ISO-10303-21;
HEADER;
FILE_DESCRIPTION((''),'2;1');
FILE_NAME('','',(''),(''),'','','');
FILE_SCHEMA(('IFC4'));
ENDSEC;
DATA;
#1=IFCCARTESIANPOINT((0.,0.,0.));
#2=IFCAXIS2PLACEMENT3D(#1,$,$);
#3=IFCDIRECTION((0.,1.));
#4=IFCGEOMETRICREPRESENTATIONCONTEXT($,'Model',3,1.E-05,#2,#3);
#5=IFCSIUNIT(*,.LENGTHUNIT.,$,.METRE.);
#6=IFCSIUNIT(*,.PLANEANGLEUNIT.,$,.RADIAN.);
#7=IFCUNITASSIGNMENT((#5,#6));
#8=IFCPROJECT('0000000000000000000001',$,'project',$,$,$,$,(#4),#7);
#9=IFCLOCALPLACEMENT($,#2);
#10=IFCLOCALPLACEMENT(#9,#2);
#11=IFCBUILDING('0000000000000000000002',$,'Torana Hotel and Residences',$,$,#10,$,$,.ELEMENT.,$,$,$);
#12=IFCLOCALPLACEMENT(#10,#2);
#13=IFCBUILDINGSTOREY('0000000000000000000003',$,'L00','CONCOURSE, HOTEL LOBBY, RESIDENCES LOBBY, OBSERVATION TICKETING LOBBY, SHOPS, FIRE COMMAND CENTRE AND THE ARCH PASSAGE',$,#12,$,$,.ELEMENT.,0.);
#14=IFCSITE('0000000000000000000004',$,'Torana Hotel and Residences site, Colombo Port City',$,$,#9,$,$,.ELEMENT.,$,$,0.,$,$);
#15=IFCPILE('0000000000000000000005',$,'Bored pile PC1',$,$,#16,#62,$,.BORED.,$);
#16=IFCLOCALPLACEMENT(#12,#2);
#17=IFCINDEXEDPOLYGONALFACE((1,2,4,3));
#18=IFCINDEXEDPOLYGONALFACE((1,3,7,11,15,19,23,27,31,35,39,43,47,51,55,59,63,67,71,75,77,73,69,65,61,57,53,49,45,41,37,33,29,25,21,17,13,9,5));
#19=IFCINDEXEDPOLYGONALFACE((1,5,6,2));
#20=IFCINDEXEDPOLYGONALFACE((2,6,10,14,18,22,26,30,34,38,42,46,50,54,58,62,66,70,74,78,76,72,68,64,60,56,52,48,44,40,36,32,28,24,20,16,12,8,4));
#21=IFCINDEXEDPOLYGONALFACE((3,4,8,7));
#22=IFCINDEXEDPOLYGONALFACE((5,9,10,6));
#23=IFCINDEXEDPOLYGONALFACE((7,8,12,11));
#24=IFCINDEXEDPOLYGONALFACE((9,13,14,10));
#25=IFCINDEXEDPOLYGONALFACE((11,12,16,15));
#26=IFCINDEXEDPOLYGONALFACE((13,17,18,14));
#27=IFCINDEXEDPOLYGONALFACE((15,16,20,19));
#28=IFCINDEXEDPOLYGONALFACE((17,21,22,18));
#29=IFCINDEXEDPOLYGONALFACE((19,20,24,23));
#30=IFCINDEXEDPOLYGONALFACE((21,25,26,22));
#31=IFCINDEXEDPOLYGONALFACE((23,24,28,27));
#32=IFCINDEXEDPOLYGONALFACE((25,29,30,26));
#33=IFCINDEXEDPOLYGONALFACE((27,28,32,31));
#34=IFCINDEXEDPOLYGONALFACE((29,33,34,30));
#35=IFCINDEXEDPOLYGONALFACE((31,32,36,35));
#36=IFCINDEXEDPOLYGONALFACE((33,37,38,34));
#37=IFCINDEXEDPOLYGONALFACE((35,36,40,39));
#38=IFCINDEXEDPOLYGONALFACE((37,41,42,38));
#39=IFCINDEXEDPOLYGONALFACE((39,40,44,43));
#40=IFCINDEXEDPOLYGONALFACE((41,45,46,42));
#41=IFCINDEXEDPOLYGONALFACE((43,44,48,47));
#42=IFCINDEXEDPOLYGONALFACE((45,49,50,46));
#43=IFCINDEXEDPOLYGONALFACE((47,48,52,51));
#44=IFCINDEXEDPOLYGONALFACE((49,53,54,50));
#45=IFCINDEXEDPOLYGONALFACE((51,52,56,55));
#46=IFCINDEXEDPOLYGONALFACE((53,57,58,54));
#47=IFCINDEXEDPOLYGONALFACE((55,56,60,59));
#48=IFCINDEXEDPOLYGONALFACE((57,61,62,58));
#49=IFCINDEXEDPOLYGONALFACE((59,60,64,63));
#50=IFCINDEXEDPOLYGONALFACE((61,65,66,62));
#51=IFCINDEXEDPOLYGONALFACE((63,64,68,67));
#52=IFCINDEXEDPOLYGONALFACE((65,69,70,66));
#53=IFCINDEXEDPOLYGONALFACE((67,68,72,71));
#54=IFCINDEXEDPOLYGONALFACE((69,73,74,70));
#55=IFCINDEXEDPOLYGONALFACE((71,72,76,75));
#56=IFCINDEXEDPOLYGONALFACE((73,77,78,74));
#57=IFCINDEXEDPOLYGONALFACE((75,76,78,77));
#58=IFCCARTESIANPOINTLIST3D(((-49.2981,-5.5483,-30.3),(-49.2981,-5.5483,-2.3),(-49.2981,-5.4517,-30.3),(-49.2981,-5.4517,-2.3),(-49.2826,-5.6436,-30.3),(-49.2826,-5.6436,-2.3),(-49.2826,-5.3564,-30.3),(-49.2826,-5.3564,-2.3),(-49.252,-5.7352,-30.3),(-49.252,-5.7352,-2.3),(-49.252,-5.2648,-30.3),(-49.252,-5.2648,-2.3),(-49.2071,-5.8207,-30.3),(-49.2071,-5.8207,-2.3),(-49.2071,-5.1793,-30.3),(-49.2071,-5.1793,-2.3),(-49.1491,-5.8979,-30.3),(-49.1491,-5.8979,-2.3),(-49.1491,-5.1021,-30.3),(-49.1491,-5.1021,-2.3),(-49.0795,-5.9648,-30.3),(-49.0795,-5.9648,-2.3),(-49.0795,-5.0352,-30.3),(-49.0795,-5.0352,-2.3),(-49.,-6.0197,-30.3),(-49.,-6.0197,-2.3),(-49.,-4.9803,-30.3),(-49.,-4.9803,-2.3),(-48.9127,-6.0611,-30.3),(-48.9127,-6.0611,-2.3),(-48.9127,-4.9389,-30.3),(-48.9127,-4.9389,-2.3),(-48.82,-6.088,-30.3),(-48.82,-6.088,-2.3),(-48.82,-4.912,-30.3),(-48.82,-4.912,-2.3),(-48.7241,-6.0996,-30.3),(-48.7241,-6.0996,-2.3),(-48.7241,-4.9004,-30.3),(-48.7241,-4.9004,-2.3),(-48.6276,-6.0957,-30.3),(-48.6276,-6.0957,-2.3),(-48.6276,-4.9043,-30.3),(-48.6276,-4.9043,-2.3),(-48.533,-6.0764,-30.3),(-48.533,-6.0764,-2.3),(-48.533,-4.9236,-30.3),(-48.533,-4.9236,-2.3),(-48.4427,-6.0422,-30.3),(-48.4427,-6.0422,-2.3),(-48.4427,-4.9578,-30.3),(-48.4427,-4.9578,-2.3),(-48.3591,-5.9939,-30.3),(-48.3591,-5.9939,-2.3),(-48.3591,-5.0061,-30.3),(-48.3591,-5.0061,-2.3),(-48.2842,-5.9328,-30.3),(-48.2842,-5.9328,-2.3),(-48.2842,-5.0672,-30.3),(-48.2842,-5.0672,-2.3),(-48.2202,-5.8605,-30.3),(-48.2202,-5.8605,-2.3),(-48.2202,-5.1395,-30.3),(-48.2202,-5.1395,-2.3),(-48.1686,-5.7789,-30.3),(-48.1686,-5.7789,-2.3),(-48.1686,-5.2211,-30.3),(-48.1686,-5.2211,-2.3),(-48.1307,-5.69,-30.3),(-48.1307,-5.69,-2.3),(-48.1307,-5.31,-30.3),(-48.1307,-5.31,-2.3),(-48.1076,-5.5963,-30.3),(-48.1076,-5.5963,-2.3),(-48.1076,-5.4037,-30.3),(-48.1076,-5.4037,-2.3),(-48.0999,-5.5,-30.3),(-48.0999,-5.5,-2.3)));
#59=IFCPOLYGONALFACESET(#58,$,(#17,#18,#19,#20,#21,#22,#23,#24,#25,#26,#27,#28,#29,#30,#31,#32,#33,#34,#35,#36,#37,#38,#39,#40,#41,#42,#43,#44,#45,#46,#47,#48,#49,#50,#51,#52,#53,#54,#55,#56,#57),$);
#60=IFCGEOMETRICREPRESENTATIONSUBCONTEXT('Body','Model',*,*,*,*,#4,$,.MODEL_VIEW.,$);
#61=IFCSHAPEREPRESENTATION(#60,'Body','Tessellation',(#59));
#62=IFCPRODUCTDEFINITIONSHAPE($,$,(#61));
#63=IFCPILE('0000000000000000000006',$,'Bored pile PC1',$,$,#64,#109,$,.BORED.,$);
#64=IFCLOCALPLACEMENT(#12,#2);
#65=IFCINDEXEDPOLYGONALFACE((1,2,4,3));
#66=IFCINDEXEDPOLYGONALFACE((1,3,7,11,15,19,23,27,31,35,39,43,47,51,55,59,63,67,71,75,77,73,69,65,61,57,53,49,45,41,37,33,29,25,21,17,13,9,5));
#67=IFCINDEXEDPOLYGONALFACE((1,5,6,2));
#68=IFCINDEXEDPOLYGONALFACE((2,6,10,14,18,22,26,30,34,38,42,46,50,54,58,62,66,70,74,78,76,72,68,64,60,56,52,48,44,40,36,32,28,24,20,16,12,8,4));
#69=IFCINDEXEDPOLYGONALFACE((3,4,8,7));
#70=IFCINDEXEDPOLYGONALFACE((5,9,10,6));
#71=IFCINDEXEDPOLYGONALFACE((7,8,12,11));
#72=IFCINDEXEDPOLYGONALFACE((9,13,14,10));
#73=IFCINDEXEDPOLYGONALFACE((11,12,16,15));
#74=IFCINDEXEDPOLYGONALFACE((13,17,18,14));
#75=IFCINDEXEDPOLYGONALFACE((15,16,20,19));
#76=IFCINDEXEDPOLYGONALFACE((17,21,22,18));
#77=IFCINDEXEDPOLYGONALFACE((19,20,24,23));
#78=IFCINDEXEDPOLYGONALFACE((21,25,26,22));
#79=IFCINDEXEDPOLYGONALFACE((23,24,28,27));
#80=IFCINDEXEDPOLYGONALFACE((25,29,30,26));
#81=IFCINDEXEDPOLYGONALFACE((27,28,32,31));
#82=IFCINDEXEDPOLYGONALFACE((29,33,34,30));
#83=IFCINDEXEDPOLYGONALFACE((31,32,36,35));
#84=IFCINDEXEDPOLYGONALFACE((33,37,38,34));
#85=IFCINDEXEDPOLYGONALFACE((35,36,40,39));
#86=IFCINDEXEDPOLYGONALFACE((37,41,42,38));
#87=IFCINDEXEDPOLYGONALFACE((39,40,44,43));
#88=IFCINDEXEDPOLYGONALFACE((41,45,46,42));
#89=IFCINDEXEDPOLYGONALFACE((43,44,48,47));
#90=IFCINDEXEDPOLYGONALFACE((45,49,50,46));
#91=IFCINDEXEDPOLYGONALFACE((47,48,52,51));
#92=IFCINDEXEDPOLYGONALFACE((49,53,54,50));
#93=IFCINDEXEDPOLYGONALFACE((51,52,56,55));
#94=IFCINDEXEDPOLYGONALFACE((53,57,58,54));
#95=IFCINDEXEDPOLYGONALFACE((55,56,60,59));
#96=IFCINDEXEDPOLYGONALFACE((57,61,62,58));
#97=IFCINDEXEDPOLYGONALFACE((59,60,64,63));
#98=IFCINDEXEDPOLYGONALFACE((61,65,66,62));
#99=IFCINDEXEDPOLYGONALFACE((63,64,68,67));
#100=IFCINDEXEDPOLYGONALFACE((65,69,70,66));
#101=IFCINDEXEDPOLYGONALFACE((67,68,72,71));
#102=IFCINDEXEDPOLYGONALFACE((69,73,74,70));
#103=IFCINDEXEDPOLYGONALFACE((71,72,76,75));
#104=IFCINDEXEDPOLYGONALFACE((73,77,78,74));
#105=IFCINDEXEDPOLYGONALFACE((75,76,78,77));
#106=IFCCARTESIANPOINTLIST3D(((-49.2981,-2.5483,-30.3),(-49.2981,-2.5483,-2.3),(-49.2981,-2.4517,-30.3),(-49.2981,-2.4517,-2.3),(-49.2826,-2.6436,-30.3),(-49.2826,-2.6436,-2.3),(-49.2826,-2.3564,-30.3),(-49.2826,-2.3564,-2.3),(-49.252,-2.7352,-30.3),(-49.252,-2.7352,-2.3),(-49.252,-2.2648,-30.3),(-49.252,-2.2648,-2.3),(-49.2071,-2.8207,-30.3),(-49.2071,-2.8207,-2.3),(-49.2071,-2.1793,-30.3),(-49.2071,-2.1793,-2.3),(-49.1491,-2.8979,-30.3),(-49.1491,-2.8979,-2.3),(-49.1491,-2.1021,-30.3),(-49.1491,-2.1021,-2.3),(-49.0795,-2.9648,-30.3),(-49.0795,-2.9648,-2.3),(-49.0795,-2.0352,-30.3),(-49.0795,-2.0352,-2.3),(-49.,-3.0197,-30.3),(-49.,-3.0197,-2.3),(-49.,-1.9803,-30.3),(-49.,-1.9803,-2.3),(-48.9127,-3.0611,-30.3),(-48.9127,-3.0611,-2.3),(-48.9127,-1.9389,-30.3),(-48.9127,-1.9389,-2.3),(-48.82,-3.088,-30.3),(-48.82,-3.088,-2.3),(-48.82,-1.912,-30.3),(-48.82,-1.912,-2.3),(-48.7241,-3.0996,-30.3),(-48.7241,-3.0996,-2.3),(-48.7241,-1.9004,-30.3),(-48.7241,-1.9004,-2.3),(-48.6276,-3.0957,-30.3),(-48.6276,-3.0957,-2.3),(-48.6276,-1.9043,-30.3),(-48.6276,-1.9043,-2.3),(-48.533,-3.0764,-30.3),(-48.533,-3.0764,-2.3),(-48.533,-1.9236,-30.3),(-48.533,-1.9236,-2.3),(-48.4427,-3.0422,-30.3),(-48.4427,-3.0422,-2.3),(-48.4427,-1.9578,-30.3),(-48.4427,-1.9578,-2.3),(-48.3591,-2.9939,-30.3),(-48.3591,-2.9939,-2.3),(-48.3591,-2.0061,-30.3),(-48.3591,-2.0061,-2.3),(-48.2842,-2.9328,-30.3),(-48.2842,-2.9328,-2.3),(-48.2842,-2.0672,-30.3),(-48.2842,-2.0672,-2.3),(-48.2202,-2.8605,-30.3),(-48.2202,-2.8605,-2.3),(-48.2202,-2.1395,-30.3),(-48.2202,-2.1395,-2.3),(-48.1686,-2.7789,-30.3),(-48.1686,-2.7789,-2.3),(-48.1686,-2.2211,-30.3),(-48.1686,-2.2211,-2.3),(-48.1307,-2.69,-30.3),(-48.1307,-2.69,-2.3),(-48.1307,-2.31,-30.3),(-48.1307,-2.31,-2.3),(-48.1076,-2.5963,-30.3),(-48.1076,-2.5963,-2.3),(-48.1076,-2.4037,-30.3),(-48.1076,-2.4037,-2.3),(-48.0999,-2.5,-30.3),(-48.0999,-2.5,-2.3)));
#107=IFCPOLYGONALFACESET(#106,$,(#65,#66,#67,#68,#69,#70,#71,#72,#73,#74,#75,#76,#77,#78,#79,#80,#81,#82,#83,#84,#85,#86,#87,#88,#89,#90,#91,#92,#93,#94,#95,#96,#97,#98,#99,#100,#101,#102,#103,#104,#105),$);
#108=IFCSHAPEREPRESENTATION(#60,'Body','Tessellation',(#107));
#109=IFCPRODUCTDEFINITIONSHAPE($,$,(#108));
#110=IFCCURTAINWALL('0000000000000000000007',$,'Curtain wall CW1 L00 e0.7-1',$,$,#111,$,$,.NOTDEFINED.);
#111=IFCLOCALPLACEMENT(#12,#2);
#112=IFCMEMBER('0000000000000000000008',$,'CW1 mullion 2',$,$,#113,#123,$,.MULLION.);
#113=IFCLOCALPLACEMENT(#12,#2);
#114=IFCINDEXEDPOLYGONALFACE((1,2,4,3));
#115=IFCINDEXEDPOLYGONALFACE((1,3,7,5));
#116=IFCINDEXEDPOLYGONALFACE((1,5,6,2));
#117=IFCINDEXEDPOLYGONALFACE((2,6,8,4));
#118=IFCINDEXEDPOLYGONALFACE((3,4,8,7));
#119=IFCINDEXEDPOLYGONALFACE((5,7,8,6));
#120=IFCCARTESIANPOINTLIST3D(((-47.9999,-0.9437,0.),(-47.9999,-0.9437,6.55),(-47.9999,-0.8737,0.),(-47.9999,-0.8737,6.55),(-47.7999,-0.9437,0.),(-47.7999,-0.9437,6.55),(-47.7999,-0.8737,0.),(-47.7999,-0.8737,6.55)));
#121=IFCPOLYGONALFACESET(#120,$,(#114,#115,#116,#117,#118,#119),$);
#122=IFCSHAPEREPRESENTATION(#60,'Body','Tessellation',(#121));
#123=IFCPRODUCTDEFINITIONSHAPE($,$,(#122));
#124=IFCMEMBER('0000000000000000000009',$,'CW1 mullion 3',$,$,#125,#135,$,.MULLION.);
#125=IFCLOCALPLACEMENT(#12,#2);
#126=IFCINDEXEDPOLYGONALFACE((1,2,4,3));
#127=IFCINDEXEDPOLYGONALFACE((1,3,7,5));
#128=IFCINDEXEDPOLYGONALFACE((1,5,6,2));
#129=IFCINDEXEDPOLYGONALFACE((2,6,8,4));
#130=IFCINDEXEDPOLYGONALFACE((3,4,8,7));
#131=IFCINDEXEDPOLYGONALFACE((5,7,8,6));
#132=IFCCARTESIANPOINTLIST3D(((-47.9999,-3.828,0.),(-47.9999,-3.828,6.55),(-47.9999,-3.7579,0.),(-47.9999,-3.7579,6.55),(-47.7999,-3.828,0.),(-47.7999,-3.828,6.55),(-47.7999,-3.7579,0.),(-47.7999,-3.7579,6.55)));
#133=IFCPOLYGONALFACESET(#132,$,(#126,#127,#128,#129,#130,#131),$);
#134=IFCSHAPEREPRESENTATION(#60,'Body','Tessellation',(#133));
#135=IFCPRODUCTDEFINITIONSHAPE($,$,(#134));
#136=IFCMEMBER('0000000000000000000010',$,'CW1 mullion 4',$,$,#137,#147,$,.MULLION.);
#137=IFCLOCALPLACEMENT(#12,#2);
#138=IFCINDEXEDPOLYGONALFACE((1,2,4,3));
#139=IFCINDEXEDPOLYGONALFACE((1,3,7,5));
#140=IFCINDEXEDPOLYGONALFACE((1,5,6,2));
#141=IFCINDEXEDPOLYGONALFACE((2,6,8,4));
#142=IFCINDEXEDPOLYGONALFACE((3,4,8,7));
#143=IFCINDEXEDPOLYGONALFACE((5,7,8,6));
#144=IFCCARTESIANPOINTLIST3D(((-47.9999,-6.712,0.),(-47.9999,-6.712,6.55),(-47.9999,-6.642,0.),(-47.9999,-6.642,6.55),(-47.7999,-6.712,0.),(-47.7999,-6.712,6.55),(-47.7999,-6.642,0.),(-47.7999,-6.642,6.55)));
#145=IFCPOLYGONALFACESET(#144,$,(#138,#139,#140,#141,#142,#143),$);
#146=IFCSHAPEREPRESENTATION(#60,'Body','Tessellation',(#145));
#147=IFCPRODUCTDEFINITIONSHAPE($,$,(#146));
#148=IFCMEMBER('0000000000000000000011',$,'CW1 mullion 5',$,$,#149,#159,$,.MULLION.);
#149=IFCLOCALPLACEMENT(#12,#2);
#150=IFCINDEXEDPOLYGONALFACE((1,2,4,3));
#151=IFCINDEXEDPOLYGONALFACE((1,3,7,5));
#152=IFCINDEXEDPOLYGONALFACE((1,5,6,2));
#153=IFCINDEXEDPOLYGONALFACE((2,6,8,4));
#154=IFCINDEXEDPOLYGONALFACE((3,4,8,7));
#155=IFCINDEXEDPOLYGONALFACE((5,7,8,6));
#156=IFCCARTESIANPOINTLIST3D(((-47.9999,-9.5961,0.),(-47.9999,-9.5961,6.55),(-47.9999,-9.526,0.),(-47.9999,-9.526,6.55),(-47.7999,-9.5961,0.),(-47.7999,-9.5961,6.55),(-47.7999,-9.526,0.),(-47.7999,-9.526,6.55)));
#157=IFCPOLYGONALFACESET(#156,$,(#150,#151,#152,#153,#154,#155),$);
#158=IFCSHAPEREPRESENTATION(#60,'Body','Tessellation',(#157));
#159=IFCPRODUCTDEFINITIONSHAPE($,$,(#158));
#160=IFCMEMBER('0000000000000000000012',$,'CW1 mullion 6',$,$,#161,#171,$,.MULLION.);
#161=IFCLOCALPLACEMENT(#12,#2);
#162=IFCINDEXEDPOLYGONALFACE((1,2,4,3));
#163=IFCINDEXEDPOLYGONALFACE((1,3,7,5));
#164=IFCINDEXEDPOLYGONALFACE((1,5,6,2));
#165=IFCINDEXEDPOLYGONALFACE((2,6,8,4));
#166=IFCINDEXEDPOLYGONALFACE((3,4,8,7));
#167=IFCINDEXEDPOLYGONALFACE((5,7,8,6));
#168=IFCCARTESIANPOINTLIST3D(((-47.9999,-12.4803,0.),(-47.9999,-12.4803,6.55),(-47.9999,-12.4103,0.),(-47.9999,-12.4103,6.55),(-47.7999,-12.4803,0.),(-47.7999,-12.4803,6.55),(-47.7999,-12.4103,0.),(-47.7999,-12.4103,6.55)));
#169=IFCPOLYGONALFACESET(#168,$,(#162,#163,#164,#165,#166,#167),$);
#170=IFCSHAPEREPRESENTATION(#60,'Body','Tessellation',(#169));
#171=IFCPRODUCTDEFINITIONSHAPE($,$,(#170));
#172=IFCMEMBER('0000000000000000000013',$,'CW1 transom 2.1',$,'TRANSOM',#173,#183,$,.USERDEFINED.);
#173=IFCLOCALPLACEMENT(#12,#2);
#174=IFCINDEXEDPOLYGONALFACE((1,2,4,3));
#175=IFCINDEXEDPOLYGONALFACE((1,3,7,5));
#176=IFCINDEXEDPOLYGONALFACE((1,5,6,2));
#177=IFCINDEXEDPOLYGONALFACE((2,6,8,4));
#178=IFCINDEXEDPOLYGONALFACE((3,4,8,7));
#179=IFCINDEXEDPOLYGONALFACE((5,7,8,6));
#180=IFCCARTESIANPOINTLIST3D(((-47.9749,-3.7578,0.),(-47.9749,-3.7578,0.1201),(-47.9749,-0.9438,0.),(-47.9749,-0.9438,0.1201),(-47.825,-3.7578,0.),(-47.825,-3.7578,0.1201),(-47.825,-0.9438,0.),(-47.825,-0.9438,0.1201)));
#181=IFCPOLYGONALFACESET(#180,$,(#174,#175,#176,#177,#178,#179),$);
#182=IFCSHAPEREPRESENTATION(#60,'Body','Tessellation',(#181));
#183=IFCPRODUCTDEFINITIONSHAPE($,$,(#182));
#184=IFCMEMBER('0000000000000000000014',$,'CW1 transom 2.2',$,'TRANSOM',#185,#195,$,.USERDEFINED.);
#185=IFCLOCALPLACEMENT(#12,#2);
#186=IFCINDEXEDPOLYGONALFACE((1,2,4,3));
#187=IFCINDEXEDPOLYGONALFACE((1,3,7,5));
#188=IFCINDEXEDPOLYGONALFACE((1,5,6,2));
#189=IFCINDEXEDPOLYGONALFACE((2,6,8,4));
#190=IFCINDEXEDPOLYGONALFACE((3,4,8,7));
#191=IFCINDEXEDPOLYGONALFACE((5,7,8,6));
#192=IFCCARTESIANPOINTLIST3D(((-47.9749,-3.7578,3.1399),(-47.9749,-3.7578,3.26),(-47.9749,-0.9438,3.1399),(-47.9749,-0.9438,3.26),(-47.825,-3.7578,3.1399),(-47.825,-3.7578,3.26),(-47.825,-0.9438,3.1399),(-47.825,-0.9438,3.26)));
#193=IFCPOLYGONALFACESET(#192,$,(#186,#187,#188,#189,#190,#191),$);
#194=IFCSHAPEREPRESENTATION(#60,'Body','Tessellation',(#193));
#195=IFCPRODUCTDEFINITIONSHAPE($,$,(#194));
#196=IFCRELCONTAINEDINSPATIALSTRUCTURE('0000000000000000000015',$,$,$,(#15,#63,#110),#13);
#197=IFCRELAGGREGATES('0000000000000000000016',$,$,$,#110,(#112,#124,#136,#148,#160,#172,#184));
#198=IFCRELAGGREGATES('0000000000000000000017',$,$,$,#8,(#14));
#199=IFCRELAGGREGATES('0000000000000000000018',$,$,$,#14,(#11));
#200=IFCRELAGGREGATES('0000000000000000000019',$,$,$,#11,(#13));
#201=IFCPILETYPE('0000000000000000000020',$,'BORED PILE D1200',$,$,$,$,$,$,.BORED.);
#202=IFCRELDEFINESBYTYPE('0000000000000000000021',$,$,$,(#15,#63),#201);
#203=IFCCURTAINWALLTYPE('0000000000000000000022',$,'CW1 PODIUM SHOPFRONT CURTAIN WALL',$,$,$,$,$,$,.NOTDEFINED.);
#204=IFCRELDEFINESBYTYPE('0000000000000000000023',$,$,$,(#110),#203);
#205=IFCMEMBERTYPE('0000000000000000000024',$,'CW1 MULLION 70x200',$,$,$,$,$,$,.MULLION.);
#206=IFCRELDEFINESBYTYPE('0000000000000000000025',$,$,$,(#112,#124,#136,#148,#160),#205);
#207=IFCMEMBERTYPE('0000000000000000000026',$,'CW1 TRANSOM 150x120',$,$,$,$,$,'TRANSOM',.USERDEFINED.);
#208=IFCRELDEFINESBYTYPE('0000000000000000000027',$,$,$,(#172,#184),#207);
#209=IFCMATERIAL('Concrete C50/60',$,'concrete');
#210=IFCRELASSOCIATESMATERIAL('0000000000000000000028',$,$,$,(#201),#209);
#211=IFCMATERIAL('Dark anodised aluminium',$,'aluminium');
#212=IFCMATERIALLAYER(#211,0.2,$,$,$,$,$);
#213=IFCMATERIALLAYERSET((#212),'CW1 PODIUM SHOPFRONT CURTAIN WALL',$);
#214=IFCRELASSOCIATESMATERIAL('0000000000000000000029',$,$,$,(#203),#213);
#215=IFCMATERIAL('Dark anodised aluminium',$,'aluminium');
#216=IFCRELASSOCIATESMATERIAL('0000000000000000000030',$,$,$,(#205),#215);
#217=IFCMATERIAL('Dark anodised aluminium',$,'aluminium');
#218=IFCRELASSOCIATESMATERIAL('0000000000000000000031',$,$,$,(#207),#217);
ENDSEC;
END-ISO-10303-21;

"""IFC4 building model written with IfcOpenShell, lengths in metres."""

from ifc_helpers import new_model, si_unit, direction, frame, origin, origin_2d, place, context, subcontext, project, spatial, rectangle, circle, extrude, material, layer, layer_set, material_profile, profile_set, type_object, element, aggregate, save


model = new_model("IFC4")

# Units and contexts
model_context = context("Model", 3, precision=1e-05, world=origin(), true_north=direction((0.0, 1.0)))
body_context = subcontext(model_context, "Body", "Model", "MODEL_VIEW")
ifc_project = project(units=[si_unit("LENGTHUNIT", "METRE"), si_unit("PLANEANGLEUNIT", "RADIAN")], contexts=[model_context])

# Site, building, storey
site_placement = place(None, origin())
site = spatial("IfcSite", under=ifc_project, at=site_placement, Name="Torana Hotel and Residences site, Colombo Port City", CompositionType="ELEMENT", RefElevation=0.0)
building_placement = place(site_placement, origin())
building = spatial("IfcBuilding", under=site, at=building_placement, Name="Torana Hotel and Residences", CompositionType="ELEMENT")
storey_placement = place(building_placement, origin())
storey = spatial("IfcBuildingStorey", under=building, at=storey_placement, Name="L00", Description="CONCOURSE, HOTEL LOBBY, RESIDENCES LOBBY, OBSERVATION TICKETING LOBBY, SHOPS, FIRE COMMAND CENTRE AND THE ARCH PASSAGE", CompositionType="ELEMENT", Elevation=0.0)

# Piles
ifc_material_1 = material(Name="Concrete C50/60", Category="concrete")
pile_type = type_object("IfcPileType", Name="BORED PILE D1200", PredefinedType="BORED", material=ifc_material_1)
for number, where, z_axis, x_axis, name in (
    (1, (-48.7, -5.5, -2.3), (0.0, 0.0, -1.0), (1.0, 0.0, 0.0), "Bored pile PC1"),
    (2, (-48.7, -2.5, -2.3), (0.0, 0.0, -1.0), (1.0, 0.0, 0.0), "Bored pile PC1"),
):
    element("IfcPile", number, at=place(storey_placement, frame(where, z_axis=z_axis, x_axis=x_axis)), inside=storey, type_object=pile_type, Name=name, PredefinedType="BORED", context=body_context, shape_type="SweptSolid", body=[
        extrude(circle(Radius=0.6001, at=origin_2d()), origin(), (0.0, 0.0, 1.0), 28.0),
    ])

# Curtain wall, members
ifc_material_2 = material(Name="Dark anodised aluminium", Category="aluminium")
ifc_layer_1 = layer(ifc_material_2, 0.2)
ifc_layer_set_1 = layer_set([ifc_layer_1], Name="CW1 PODIUM SHOPFRONT CURTAIN WALL")
curtain_wall_type = type_object("IfcCurtainWallType", Name="CW1 PODIUM SHOPFRONT CURTAIN WALL", PredefinedType="NOTDEFINED", material=ifc_layer_set_1)
curtain_wall_placement = place(storey_placement, origin())
curtain_wall = element("IfcCurtainWall", 3, at=curtain_wall_placement, inside=storey, type_object=curtain_wall_type, Name="Curtain wall CW1 L00 e0.7-1", PredefinedType="NOTDEFINED")
ifc_material_3 = material(Name="Dark anodised aluminium", Category="aluminium")
ifc_material_profile_1 = material_profile(ifc_material_3, rectangle(XDim=0.2, YDim=0.0701, at=origin_2d()), Name="CW1 MULLION 70x200")
ifc_profile_set_1 = profile_set([ifc_material_profile_1], Name="Dark anodised aluminium")
member_type_1 = type_object("IfcMemberType", Name="CW1 MULLION 70x200", PredefinedType="MULLION", material=ifc_profile_set_1)
member_1_placement = place(storey_placement, frame((-47.8999, -0.9087, 0.0), z_axis=(0.0, 0.0, 1.0), x_axis=(1.0, 0.0, 0.0)))
member_1 = element("IfcMember", 4, at=member_1_placement, type_object=member_type_1, Name="CW1 mullion 2", PredefinedType="MULLION", context=body_context, shape_type="SweptSolid", body=[
    extrude(rectangle(XDim=0.2, YDim=0.0701, at=origin_2d()), origin(), (0.0, 0.0, 1.0), 6.55),
])
member_2_placement = place(storey_placement, frame((-47.8999, -3.793, 0.0), z_axis=(0.0, 0.0, 1.0), x_axis=(1.0, 0.0, 0.0)))
member_2 = element("IfcMember", 5, at=member_2_placement, type_object=member_type_1, Name="CW1 mullion 3", PredefinedType="MULLION", context=body_context, shape_type="SweptSolid", body=[
    extrude(rectangle(XDim=0.2, YDim=0.0701, at=origin_2d()), origin(), (0.0, 0.0, 1.0), 6.55),
])
member_3_placement = place(storey_placement, frame((-47.8999, -6.677, 0.0), z_axis=(0.0, 0.0, 1.0), x_axis=(1.0, 0.0, 0.0)))
member_3 = element("IfcMember", 6, at=member_3_placement, type_object=member_type_1, Name="CW1 mullion 4", PredefinedType="MULLION", context=body_context, shape_type="SweptSolid", body=[
    extrude(rectangle(XDim=0.2, YDim=0.0701, at=origin_2d()), origin(), (0.0, 0.0, 1.0), 6.55),
])
member_4_placement = place(storey_placement, frame((-47.8999, -9.561, 0.0), z_axis=(0.0, 0.0, 1.0), x_axis=(1.0, 0.0, 0.0)))
member_4 = element("IfcMember", 7, at=member_4_placement, type_object=member_type_1, Name="CW1 mullion 5", PredefinedType="MULLION", context=body_context, shape_type="SweptSolid", body=[
    extrude(rectangle(XDim=0.2, YDim=0.0701, at=origin_2d()), origin(), (0.0, 0.0, 1.0), 6.55),
])
member_5_placement = place(storey_placement, frame((-47.8999, -12.4453, 0.0), z_axis=(0.0, 0.0, 1.0), x_axis=(1.0, 0.0, 0.0)))
member_5 = element("IfcMember", 8, at=member_5_placement, type_object=member_type_1, Name="CW1 mullion 6", PredefinedType="MULLION", context=body_context, shape_type="SweptSolid", body=[
    extrude(rectangle(XDim=0.2, YDim=0.0701, at=origin_2d()), origin(), (0.0, 0.0, 1.0), 6.55),
])
ifc_material_4 = material(Name="Dark anodised aluminium", Category="aluminium")
ifc_material_profile_2 = material_profile(ifc_material_4, rectangle(XDim=0.1499, YDim=0.1201, at=origin_2d()), Name="CW1 TRANSOM 150x120")
ifc_profile_set_2 = profile_set([ifc_material_profile_2], Name="Dark anodised aluminium")
member_type_2 = type_object("IfcMemberType", Name="CW1 TRANSOM 150x120", ElementType="TRANSOM", PredefinedType="USERDEFINED", material=ifc_profile_set_2)
member_6_placement = place(storey_placement, frame((-47.8999, -0.9438, 0.0601), z_axis=(0.0, -1.0, 0.0), x_axis=(1.0, 0.0, 0.0)))
member_6 = element("IfcMember", 9, at=member_6_placement, type_object=member_type_2, Name="CW1 transom 2.1", ObjectType="TRANSOM", PredefinedType="USERDEFINED", context=body_context, shape_type="SweptSolid", body=[
    extrude(rectangle(XDim=0.1499, YDim=0.1201, at=origin_2d()), origin(), (0.0, 0.0, 1.0), 2.814),
])
member_7_placement = place(storey_placement, frame((-47.8999, -0.9438, 3.2), z_axis=(0.0, -1.0, 0.0), x_axis=(1.0, 0.0, 0.0)))
member_7 = element("IfcMember", 10, at=member_7_placement, type_object=member_type_2, Name="CW1 transom 2.2", ObjectType="TRANSOM", PredefinedType="USERDEFINED", context=body_context, shape_type="SweptSolid", body=[
    extrude(rectangle(XDim=0.1499, YDim=0.1201, at=origin_2d()), origin(), (0.0, 0.0, 1.0), 2.814),
])
aggregate(curtain_wall, [member_1, member_2, member_3, member_4, member_5, member_6, member_7])

save(model, "model.ifc")
